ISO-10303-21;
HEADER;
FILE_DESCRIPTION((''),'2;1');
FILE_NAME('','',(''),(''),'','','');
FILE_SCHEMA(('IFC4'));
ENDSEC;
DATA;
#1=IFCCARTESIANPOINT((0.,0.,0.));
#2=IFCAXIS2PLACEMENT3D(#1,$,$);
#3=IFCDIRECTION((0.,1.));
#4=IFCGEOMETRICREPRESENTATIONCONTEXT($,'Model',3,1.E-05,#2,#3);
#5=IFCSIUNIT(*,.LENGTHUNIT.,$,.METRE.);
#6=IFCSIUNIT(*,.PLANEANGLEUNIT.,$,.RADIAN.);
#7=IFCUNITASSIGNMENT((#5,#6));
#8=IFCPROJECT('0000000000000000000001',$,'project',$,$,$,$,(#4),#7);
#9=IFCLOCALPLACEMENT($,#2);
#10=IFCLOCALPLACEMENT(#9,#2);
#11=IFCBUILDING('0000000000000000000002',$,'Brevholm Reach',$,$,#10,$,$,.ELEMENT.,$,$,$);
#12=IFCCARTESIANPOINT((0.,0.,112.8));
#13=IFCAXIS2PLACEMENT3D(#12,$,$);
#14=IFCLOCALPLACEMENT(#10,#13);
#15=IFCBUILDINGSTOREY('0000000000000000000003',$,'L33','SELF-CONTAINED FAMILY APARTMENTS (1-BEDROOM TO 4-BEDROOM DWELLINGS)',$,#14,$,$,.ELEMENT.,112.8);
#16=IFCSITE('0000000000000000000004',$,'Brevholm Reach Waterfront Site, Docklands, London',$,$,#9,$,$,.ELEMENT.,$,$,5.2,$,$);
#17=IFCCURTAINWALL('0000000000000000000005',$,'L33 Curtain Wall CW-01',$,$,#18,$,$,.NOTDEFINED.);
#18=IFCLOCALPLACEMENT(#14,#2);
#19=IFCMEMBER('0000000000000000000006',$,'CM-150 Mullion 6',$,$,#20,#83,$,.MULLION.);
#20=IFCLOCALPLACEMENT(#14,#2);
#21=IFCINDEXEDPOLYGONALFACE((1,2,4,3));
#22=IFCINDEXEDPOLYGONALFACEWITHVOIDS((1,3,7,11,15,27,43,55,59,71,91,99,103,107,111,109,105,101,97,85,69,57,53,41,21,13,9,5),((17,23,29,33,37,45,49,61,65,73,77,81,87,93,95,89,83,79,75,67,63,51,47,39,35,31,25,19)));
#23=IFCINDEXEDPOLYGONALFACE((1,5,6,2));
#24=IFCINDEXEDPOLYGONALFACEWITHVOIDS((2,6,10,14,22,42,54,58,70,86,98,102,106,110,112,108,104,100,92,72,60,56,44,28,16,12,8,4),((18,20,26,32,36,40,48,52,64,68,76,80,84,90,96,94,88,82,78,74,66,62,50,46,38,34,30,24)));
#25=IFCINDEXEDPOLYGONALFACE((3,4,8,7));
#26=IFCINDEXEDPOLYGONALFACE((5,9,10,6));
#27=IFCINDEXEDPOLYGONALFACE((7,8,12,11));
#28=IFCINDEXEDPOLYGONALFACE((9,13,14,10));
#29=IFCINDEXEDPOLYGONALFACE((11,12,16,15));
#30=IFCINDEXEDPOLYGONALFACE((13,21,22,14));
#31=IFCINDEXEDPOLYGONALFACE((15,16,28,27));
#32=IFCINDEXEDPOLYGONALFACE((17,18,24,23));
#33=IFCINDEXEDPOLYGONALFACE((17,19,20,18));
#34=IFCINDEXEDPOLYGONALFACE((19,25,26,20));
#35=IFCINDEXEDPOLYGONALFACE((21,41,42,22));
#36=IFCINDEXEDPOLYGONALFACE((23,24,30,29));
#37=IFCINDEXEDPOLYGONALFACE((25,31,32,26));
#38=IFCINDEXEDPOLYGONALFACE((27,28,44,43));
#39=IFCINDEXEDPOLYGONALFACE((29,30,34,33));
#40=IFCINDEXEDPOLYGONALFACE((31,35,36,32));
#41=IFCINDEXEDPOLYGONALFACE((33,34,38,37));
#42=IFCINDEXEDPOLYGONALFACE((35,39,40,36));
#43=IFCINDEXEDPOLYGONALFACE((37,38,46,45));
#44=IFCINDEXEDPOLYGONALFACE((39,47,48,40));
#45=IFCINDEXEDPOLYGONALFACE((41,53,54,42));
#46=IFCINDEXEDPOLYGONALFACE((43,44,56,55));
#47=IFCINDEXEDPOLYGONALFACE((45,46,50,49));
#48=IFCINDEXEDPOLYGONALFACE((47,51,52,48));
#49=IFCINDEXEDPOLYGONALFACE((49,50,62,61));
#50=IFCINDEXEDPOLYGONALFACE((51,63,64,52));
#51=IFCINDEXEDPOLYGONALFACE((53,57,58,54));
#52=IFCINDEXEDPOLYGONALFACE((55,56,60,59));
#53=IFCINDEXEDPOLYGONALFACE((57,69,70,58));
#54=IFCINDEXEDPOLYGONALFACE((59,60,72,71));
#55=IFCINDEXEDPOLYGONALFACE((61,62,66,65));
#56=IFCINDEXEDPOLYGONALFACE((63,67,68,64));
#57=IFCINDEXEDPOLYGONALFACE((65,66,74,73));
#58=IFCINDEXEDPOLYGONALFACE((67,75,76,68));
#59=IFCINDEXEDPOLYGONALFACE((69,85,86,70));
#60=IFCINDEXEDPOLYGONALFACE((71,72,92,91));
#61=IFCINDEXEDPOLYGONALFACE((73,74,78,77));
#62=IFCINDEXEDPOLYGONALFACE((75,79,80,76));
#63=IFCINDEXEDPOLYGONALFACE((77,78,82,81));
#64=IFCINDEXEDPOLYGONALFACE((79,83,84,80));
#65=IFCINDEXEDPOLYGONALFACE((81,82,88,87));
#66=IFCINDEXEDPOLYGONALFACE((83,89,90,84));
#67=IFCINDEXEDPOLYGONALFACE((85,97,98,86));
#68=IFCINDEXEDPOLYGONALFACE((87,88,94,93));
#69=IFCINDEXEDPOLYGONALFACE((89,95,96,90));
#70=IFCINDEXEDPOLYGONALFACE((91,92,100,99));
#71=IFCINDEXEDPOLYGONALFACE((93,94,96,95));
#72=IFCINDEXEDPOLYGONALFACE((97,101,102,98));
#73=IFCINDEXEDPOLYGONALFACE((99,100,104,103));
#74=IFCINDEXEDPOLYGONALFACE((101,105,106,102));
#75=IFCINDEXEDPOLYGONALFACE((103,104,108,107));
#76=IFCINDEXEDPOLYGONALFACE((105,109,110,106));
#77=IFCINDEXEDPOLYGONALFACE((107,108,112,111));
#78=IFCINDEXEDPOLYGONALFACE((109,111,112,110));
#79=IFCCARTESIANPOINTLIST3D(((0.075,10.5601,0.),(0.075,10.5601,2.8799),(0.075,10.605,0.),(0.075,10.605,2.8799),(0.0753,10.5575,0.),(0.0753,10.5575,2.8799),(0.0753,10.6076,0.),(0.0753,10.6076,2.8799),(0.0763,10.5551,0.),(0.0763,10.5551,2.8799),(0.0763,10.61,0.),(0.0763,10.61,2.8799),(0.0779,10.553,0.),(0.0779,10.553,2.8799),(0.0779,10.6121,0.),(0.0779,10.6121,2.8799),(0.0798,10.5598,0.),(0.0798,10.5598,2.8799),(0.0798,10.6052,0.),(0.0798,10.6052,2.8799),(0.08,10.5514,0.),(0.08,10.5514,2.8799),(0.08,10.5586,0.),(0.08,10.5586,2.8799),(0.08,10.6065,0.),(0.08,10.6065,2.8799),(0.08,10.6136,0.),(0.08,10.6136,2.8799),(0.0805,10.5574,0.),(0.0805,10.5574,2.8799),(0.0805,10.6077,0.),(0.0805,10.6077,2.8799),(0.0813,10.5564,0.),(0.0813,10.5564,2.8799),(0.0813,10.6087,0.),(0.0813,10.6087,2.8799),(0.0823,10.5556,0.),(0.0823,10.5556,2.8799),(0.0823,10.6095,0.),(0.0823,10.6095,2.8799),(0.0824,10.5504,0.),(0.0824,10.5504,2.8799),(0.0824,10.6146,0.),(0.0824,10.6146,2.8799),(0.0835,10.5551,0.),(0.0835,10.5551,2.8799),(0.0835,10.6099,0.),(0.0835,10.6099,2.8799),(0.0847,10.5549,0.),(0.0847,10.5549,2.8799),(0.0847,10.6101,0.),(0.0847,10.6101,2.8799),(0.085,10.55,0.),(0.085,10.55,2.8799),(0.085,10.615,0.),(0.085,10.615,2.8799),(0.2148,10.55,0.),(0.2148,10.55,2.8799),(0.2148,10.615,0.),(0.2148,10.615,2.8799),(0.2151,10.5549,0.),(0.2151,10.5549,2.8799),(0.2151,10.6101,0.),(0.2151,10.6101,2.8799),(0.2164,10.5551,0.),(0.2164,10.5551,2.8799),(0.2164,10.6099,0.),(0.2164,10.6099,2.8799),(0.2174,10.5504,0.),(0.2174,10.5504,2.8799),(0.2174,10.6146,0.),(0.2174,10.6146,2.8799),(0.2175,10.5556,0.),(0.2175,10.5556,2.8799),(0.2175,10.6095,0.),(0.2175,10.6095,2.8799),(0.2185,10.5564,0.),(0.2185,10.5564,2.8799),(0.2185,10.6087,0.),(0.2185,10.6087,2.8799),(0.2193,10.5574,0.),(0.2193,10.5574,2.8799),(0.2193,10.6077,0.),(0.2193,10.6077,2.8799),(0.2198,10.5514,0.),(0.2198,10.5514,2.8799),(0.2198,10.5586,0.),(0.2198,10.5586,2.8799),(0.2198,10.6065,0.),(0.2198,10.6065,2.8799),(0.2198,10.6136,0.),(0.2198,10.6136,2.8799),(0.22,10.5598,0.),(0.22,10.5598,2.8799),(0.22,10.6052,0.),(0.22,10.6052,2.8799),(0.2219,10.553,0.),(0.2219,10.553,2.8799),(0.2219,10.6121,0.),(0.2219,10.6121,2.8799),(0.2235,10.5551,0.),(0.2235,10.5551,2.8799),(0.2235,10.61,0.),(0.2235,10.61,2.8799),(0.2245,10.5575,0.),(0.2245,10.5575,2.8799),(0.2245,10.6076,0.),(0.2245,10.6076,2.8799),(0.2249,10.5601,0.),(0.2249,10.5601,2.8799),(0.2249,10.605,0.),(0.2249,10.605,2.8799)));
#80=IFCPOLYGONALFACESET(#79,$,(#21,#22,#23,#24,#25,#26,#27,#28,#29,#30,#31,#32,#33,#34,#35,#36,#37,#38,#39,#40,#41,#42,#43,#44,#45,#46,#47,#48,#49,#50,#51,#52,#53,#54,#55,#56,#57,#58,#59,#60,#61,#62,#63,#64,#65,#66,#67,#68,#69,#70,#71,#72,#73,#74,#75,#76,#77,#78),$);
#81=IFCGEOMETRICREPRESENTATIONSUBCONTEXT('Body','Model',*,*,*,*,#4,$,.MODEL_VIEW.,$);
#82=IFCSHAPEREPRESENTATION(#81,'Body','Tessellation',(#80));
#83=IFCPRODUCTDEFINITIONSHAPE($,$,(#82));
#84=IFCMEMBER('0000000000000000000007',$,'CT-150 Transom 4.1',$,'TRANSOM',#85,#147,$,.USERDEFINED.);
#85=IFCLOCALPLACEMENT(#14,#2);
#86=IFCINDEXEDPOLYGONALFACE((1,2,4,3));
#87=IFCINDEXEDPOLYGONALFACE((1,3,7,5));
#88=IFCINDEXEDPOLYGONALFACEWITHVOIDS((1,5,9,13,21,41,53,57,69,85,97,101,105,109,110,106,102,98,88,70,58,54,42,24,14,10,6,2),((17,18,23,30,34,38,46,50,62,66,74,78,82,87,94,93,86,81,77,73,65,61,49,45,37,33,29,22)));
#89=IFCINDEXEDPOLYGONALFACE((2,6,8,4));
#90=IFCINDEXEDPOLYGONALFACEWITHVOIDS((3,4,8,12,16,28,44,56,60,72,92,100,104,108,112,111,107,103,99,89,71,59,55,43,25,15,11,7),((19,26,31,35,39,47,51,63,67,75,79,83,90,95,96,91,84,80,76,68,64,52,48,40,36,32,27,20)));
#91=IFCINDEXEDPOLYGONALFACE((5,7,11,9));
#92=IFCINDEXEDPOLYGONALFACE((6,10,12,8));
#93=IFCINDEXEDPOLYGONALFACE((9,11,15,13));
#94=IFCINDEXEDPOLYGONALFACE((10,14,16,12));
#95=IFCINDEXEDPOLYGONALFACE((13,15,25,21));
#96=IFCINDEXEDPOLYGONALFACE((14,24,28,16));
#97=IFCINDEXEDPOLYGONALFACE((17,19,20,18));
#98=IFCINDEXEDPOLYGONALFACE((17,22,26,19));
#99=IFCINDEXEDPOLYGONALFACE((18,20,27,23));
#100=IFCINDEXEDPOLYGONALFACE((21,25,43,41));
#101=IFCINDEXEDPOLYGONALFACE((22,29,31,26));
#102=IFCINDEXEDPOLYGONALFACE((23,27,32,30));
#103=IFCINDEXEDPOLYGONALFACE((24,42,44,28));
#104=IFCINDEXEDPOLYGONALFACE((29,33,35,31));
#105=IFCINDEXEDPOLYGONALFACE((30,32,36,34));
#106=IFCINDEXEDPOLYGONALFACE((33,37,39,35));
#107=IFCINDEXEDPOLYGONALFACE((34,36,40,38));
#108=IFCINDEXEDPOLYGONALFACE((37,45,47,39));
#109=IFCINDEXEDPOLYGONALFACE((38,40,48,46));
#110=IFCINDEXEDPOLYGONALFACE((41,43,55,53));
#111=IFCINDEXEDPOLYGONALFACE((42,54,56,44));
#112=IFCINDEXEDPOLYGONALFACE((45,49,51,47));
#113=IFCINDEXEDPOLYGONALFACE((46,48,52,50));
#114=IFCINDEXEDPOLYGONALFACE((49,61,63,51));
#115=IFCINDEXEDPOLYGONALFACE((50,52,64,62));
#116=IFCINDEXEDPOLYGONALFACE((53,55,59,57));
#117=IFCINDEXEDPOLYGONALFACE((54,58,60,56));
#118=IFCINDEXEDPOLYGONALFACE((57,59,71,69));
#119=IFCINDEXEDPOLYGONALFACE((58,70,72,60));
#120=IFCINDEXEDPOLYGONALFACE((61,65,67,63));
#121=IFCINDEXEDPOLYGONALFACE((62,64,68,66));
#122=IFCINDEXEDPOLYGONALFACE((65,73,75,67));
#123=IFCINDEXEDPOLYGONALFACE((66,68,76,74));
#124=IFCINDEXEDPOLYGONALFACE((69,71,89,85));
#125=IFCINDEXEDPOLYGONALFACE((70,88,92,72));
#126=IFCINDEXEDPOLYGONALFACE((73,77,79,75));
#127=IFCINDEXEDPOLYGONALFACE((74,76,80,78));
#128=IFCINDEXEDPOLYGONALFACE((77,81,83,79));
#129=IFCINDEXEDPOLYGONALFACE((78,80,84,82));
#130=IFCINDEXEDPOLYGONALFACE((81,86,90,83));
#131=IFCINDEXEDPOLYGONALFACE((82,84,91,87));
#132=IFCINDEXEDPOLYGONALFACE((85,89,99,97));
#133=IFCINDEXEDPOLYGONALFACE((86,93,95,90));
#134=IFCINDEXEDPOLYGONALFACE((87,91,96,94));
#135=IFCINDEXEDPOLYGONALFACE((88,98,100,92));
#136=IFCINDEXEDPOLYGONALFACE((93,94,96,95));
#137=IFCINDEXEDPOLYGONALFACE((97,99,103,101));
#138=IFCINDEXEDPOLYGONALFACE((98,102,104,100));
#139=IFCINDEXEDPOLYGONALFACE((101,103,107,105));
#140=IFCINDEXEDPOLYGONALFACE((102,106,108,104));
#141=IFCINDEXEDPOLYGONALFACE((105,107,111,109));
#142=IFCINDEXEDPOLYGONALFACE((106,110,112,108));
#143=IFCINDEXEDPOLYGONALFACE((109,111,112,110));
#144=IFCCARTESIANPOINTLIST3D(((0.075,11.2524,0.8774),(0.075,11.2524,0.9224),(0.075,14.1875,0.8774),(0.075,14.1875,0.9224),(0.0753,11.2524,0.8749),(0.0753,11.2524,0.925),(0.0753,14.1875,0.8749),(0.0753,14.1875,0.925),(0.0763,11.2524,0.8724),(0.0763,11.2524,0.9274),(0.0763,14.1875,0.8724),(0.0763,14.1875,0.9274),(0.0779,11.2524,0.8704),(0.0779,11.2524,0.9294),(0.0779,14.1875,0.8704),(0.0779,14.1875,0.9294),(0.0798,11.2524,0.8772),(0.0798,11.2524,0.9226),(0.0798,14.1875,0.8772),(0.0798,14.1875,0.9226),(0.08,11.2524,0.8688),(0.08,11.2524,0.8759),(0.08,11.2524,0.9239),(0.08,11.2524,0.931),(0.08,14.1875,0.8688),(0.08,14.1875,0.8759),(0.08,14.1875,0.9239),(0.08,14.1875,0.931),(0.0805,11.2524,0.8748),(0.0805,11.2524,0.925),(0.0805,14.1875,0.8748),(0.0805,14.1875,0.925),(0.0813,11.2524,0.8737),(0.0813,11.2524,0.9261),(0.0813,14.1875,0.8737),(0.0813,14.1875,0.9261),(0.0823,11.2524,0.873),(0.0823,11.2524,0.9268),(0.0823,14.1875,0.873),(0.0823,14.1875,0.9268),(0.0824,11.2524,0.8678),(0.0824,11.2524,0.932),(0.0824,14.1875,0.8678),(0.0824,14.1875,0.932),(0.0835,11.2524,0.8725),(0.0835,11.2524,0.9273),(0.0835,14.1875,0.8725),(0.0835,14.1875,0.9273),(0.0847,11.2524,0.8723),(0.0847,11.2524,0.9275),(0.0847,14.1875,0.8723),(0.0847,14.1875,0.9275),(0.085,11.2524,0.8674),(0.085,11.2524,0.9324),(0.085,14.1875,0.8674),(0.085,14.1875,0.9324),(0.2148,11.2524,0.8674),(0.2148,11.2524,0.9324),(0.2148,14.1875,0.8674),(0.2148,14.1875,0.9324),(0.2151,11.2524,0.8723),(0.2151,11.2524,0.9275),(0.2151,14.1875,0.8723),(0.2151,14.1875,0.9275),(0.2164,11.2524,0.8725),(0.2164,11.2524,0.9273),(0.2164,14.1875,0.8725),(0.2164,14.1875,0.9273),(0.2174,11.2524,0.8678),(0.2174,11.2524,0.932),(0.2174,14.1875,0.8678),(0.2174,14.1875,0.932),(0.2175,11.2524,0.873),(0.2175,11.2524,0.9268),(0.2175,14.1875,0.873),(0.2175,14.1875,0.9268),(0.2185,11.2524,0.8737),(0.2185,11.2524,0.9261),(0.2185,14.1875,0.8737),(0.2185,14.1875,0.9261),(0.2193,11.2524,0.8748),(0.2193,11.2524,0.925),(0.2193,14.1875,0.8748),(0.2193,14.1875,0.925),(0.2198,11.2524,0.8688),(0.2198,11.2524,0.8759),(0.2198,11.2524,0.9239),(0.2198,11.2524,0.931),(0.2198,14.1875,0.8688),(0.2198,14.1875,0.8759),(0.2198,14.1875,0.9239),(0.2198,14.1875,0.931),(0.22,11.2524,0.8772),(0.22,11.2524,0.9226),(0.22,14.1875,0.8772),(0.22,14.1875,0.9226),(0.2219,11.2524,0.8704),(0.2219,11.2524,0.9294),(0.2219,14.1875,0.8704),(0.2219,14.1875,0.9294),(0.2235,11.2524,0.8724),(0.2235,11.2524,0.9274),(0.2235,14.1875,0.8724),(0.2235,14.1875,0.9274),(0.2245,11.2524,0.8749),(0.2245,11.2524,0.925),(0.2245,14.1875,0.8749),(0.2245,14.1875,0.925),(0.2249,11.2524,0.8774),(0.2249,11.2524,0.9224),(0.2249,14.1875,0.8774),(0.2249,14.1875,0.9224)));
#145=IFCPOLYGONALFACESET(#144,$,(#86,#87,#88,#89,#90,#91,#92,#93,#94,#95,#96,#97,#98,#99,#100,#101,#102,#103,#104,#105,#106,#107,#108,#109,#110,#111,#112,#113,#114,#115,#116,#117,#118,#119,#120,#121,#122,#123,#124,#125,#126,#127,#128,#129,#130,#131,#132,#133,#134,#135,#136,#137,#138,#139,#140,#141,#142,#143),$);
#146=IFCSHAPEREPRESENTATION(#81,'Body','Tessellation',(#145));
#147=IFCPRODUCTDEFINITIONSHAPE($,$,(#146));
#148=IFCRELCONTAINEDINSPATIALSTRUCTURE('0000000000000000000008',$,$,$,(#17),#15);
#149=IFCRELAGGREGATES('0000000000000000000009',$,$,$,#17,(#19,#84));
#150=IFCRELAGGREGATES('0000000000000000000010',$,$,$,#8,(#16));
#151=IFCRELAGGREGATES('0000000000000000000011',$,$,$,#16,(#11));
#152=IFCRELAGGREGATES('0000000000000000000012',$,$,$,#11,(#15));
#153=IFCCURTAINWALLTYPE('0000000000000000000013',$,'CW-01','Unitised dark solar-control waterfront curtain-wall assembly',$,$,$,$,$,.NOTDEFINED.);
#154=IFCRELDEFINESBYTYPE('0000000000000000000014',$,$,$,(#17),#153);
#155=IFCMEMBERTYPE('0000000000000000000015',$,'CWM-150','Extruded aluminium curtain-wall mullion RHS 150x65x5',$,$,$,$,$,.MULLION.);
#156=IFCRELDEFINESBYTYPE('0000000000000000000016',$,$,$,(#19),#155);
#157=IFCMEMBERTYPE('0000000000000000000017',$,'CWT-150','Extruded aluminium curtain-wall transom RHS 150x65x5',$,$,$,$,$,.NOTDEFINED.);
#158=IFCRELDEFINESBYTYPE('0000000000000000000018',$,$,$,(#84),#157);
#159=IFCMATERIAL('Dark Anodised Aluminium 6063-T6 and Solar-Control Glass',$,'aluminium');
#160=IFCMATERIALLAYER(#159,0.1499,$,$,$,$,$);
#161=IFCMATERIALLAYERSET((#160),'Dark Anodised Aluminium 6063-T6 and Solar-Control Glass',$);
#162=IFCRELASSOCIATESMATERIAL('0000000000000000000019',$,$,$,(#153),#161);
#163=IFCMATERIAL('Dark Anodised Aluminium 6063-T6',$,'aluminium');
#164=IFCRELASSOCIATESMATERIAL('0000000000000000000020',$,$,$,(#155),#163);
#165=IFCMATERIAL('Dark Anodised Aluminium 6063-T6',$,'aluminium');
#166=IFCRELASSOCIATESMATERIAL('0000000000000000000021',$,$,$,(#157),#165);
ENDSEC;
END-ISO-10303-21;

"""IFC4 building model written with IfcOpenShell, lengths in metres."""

from ifc_helpers import new_model, si_unit, direction, frame, origin, origin_2d, place, context, subcontext, project, spatial, hollow_rectangle, extrude, material, layer, layer_set, material_profile, profile_set, type_object, element, aggregate, save


model = new_model("IFC4")

# Units and contexts
model_context = context("Model", 3, precision=1e-05, world=origin(), true_north=direction((0.0, 1.0)))
body_context = subcontext(model_context, "Body", "Model", "MODEL_VIEW")
ifc_project = project(units=[si_unit("LENGTHUNIT", "METRE"), si_unit("PLANEANGLEUNIT", "RADIAN")], contexts=[model_context])

# Site, building, storey
site_placement = place(None, origin())
site = spatial("IfcSite", under=ifc_project, at=site_placement, Name="Brevholm Reach Waterfront Site, Docklands, London", CompositionType="ELEMENT", RefElevation=5.2)
building_placement = place(site_placement, origin())
building = spatial("IfcBuilding", under=site, at=building_placement, Name="Brevholm Reach", CompositionType="ELEMENT")
storey_placement = place(building_placement, frame((0.0, 0.0, 112.8)))
storey = spatial("IfcBuildingStorey", under=building, at=storey_placement, Name="L33", Description="SELF-CONTAINED FAMILY APARTMENTS (1-BEDROOM TO 4-BEDROOM DWELLINGS)", CompositionType="ELEMENT", Elevation=112.8)

# Curtain wall, members
ifc_material_1 = material(Name="Dark Anodised Aluminium 6063-T6 and Solar-Control Glass", Category="aluminium")
ifc_layer_1 = layer(ifc_material_1, 0.1499)
ifc_layer_set_1 = layer_set([ifc_layer_1], Name="Dark Anodised Aluminium 6063-T6 and Solar-Control Glass")
curtain_wall_type = type_object("IfcCurtainWallType", Name="CW-01", Description="Unitised dark solar-control waterfront curtain-wall assembly", PredefinedType="NOTDEFINED", material=ifc_layer_set_1)
curtain_wall_placement = place(storey_placement, origin())
curtain_wall = element("IfcCurtainWall", 1, at=curtain_wall_placement, inside=storey, type_object=curtain_wall_type, Name="L33 Curtain Wall CW-01", PredefinedType="NOTDEFINED")
ifc_material_2 = material(Name="Dark Anodised Aluminium 6063-T6", Category="aluminium")
ifc_material_profile_1 = material_profile(ifc_material_2, hollow_rectangle(XDim=0.0649, YDim=0.1499, WallThickness=0.0049, InnerFilletRadius=0.0049, OuterFilletRadius=0.01, at=origin_2d()), Name="RHS 150x65x5")
ifc_profile_set_1 = profile_set([ifc_material_profile_1], Name="Dark Anodised Aluminium 6063-T6")
member_type_1 = type_object("IfcMemberType", Name="CWM-150", Description="Extruded aluminium curtain-wall mullion RHS 150x65x5", PredefinedType="MULLION", material=ifc_profile_set_1)
member_1_placement = place(storey_placement, frame((0.1499, 10.5825, 0.0), z_axis=(0.0, 0.0, 1.0), x_axis=(0.0, -1.0, 0.0)))
member_1 = element("IfcMember", 2, at=member_1_placement, type_object=member_type_1, Name="CM-150 Mullion 6", PredefinedType="MULLION", context=body_context, shape_type="SweptSolid", body=[
    extrude(hollow_rectangle(XDim=0.0649, YDim=0.1499, WallThickness=0.0049, InnerFilletRadius=0.0049, OuterFilletRadius=0.01, at=origin_2d()), origin(), (0.0, 0.0, 1.0), 2.8799),
])
ifc_material_3 = material(Name="Dark Anodised Aluminium 6063-T6", Category="aluminium")
ifc_material_profile_2 = material_profile(ifc_material_3, hollow_rectangle(XDim=0.0649, YDim=0.1499, WallThickness=0.0049, InnerFilletRadius=0.0049, OuterFilletRadius=0.01, at=origin_2d()), Name="RHS 150x65x5")
ifc_profile_set_2 = profile_set([ifc_material_profile_2], Name="Dark Anodised Aluminium 6063-T6")
member_type_2 = type_object("IfcMemberType", Name="CWT-150", Description="Extruded aluminium curtain-wall transom RHS 150x65x5", PredefinedType="NOTDEFINED", material=ifc_profile_set_2)
member_2_placement = place(storey_placement, frame((0.1499, 14.1875, 0.8999), z_axis=(0.0, -1.0, 0.0), x_axis=(0.0, 0.0, 1.0)))
member_2 = element("IfcMember", 3, at=member_2_placement, type_object=member_type_2, Name="CT-150 Transom 4.1", ObjectType="TRANSOM", PredefinedType="USERDEFINED", context=body_context, shape_type="SweptSolid", body=[
    extrude(hollow_rectangle(XDim=0.0649, YDim=0.1499, WallThickness=0.0049, InnerFilletRadius=0.0049, OuterFilletRadius=0.01, at=origin_2d()), origin(), (0.0, 0.0, 1.0), 2.9351),
])
aggregate(curtain_wall, [member_1, member_2])

save(model, "model.ifc")
